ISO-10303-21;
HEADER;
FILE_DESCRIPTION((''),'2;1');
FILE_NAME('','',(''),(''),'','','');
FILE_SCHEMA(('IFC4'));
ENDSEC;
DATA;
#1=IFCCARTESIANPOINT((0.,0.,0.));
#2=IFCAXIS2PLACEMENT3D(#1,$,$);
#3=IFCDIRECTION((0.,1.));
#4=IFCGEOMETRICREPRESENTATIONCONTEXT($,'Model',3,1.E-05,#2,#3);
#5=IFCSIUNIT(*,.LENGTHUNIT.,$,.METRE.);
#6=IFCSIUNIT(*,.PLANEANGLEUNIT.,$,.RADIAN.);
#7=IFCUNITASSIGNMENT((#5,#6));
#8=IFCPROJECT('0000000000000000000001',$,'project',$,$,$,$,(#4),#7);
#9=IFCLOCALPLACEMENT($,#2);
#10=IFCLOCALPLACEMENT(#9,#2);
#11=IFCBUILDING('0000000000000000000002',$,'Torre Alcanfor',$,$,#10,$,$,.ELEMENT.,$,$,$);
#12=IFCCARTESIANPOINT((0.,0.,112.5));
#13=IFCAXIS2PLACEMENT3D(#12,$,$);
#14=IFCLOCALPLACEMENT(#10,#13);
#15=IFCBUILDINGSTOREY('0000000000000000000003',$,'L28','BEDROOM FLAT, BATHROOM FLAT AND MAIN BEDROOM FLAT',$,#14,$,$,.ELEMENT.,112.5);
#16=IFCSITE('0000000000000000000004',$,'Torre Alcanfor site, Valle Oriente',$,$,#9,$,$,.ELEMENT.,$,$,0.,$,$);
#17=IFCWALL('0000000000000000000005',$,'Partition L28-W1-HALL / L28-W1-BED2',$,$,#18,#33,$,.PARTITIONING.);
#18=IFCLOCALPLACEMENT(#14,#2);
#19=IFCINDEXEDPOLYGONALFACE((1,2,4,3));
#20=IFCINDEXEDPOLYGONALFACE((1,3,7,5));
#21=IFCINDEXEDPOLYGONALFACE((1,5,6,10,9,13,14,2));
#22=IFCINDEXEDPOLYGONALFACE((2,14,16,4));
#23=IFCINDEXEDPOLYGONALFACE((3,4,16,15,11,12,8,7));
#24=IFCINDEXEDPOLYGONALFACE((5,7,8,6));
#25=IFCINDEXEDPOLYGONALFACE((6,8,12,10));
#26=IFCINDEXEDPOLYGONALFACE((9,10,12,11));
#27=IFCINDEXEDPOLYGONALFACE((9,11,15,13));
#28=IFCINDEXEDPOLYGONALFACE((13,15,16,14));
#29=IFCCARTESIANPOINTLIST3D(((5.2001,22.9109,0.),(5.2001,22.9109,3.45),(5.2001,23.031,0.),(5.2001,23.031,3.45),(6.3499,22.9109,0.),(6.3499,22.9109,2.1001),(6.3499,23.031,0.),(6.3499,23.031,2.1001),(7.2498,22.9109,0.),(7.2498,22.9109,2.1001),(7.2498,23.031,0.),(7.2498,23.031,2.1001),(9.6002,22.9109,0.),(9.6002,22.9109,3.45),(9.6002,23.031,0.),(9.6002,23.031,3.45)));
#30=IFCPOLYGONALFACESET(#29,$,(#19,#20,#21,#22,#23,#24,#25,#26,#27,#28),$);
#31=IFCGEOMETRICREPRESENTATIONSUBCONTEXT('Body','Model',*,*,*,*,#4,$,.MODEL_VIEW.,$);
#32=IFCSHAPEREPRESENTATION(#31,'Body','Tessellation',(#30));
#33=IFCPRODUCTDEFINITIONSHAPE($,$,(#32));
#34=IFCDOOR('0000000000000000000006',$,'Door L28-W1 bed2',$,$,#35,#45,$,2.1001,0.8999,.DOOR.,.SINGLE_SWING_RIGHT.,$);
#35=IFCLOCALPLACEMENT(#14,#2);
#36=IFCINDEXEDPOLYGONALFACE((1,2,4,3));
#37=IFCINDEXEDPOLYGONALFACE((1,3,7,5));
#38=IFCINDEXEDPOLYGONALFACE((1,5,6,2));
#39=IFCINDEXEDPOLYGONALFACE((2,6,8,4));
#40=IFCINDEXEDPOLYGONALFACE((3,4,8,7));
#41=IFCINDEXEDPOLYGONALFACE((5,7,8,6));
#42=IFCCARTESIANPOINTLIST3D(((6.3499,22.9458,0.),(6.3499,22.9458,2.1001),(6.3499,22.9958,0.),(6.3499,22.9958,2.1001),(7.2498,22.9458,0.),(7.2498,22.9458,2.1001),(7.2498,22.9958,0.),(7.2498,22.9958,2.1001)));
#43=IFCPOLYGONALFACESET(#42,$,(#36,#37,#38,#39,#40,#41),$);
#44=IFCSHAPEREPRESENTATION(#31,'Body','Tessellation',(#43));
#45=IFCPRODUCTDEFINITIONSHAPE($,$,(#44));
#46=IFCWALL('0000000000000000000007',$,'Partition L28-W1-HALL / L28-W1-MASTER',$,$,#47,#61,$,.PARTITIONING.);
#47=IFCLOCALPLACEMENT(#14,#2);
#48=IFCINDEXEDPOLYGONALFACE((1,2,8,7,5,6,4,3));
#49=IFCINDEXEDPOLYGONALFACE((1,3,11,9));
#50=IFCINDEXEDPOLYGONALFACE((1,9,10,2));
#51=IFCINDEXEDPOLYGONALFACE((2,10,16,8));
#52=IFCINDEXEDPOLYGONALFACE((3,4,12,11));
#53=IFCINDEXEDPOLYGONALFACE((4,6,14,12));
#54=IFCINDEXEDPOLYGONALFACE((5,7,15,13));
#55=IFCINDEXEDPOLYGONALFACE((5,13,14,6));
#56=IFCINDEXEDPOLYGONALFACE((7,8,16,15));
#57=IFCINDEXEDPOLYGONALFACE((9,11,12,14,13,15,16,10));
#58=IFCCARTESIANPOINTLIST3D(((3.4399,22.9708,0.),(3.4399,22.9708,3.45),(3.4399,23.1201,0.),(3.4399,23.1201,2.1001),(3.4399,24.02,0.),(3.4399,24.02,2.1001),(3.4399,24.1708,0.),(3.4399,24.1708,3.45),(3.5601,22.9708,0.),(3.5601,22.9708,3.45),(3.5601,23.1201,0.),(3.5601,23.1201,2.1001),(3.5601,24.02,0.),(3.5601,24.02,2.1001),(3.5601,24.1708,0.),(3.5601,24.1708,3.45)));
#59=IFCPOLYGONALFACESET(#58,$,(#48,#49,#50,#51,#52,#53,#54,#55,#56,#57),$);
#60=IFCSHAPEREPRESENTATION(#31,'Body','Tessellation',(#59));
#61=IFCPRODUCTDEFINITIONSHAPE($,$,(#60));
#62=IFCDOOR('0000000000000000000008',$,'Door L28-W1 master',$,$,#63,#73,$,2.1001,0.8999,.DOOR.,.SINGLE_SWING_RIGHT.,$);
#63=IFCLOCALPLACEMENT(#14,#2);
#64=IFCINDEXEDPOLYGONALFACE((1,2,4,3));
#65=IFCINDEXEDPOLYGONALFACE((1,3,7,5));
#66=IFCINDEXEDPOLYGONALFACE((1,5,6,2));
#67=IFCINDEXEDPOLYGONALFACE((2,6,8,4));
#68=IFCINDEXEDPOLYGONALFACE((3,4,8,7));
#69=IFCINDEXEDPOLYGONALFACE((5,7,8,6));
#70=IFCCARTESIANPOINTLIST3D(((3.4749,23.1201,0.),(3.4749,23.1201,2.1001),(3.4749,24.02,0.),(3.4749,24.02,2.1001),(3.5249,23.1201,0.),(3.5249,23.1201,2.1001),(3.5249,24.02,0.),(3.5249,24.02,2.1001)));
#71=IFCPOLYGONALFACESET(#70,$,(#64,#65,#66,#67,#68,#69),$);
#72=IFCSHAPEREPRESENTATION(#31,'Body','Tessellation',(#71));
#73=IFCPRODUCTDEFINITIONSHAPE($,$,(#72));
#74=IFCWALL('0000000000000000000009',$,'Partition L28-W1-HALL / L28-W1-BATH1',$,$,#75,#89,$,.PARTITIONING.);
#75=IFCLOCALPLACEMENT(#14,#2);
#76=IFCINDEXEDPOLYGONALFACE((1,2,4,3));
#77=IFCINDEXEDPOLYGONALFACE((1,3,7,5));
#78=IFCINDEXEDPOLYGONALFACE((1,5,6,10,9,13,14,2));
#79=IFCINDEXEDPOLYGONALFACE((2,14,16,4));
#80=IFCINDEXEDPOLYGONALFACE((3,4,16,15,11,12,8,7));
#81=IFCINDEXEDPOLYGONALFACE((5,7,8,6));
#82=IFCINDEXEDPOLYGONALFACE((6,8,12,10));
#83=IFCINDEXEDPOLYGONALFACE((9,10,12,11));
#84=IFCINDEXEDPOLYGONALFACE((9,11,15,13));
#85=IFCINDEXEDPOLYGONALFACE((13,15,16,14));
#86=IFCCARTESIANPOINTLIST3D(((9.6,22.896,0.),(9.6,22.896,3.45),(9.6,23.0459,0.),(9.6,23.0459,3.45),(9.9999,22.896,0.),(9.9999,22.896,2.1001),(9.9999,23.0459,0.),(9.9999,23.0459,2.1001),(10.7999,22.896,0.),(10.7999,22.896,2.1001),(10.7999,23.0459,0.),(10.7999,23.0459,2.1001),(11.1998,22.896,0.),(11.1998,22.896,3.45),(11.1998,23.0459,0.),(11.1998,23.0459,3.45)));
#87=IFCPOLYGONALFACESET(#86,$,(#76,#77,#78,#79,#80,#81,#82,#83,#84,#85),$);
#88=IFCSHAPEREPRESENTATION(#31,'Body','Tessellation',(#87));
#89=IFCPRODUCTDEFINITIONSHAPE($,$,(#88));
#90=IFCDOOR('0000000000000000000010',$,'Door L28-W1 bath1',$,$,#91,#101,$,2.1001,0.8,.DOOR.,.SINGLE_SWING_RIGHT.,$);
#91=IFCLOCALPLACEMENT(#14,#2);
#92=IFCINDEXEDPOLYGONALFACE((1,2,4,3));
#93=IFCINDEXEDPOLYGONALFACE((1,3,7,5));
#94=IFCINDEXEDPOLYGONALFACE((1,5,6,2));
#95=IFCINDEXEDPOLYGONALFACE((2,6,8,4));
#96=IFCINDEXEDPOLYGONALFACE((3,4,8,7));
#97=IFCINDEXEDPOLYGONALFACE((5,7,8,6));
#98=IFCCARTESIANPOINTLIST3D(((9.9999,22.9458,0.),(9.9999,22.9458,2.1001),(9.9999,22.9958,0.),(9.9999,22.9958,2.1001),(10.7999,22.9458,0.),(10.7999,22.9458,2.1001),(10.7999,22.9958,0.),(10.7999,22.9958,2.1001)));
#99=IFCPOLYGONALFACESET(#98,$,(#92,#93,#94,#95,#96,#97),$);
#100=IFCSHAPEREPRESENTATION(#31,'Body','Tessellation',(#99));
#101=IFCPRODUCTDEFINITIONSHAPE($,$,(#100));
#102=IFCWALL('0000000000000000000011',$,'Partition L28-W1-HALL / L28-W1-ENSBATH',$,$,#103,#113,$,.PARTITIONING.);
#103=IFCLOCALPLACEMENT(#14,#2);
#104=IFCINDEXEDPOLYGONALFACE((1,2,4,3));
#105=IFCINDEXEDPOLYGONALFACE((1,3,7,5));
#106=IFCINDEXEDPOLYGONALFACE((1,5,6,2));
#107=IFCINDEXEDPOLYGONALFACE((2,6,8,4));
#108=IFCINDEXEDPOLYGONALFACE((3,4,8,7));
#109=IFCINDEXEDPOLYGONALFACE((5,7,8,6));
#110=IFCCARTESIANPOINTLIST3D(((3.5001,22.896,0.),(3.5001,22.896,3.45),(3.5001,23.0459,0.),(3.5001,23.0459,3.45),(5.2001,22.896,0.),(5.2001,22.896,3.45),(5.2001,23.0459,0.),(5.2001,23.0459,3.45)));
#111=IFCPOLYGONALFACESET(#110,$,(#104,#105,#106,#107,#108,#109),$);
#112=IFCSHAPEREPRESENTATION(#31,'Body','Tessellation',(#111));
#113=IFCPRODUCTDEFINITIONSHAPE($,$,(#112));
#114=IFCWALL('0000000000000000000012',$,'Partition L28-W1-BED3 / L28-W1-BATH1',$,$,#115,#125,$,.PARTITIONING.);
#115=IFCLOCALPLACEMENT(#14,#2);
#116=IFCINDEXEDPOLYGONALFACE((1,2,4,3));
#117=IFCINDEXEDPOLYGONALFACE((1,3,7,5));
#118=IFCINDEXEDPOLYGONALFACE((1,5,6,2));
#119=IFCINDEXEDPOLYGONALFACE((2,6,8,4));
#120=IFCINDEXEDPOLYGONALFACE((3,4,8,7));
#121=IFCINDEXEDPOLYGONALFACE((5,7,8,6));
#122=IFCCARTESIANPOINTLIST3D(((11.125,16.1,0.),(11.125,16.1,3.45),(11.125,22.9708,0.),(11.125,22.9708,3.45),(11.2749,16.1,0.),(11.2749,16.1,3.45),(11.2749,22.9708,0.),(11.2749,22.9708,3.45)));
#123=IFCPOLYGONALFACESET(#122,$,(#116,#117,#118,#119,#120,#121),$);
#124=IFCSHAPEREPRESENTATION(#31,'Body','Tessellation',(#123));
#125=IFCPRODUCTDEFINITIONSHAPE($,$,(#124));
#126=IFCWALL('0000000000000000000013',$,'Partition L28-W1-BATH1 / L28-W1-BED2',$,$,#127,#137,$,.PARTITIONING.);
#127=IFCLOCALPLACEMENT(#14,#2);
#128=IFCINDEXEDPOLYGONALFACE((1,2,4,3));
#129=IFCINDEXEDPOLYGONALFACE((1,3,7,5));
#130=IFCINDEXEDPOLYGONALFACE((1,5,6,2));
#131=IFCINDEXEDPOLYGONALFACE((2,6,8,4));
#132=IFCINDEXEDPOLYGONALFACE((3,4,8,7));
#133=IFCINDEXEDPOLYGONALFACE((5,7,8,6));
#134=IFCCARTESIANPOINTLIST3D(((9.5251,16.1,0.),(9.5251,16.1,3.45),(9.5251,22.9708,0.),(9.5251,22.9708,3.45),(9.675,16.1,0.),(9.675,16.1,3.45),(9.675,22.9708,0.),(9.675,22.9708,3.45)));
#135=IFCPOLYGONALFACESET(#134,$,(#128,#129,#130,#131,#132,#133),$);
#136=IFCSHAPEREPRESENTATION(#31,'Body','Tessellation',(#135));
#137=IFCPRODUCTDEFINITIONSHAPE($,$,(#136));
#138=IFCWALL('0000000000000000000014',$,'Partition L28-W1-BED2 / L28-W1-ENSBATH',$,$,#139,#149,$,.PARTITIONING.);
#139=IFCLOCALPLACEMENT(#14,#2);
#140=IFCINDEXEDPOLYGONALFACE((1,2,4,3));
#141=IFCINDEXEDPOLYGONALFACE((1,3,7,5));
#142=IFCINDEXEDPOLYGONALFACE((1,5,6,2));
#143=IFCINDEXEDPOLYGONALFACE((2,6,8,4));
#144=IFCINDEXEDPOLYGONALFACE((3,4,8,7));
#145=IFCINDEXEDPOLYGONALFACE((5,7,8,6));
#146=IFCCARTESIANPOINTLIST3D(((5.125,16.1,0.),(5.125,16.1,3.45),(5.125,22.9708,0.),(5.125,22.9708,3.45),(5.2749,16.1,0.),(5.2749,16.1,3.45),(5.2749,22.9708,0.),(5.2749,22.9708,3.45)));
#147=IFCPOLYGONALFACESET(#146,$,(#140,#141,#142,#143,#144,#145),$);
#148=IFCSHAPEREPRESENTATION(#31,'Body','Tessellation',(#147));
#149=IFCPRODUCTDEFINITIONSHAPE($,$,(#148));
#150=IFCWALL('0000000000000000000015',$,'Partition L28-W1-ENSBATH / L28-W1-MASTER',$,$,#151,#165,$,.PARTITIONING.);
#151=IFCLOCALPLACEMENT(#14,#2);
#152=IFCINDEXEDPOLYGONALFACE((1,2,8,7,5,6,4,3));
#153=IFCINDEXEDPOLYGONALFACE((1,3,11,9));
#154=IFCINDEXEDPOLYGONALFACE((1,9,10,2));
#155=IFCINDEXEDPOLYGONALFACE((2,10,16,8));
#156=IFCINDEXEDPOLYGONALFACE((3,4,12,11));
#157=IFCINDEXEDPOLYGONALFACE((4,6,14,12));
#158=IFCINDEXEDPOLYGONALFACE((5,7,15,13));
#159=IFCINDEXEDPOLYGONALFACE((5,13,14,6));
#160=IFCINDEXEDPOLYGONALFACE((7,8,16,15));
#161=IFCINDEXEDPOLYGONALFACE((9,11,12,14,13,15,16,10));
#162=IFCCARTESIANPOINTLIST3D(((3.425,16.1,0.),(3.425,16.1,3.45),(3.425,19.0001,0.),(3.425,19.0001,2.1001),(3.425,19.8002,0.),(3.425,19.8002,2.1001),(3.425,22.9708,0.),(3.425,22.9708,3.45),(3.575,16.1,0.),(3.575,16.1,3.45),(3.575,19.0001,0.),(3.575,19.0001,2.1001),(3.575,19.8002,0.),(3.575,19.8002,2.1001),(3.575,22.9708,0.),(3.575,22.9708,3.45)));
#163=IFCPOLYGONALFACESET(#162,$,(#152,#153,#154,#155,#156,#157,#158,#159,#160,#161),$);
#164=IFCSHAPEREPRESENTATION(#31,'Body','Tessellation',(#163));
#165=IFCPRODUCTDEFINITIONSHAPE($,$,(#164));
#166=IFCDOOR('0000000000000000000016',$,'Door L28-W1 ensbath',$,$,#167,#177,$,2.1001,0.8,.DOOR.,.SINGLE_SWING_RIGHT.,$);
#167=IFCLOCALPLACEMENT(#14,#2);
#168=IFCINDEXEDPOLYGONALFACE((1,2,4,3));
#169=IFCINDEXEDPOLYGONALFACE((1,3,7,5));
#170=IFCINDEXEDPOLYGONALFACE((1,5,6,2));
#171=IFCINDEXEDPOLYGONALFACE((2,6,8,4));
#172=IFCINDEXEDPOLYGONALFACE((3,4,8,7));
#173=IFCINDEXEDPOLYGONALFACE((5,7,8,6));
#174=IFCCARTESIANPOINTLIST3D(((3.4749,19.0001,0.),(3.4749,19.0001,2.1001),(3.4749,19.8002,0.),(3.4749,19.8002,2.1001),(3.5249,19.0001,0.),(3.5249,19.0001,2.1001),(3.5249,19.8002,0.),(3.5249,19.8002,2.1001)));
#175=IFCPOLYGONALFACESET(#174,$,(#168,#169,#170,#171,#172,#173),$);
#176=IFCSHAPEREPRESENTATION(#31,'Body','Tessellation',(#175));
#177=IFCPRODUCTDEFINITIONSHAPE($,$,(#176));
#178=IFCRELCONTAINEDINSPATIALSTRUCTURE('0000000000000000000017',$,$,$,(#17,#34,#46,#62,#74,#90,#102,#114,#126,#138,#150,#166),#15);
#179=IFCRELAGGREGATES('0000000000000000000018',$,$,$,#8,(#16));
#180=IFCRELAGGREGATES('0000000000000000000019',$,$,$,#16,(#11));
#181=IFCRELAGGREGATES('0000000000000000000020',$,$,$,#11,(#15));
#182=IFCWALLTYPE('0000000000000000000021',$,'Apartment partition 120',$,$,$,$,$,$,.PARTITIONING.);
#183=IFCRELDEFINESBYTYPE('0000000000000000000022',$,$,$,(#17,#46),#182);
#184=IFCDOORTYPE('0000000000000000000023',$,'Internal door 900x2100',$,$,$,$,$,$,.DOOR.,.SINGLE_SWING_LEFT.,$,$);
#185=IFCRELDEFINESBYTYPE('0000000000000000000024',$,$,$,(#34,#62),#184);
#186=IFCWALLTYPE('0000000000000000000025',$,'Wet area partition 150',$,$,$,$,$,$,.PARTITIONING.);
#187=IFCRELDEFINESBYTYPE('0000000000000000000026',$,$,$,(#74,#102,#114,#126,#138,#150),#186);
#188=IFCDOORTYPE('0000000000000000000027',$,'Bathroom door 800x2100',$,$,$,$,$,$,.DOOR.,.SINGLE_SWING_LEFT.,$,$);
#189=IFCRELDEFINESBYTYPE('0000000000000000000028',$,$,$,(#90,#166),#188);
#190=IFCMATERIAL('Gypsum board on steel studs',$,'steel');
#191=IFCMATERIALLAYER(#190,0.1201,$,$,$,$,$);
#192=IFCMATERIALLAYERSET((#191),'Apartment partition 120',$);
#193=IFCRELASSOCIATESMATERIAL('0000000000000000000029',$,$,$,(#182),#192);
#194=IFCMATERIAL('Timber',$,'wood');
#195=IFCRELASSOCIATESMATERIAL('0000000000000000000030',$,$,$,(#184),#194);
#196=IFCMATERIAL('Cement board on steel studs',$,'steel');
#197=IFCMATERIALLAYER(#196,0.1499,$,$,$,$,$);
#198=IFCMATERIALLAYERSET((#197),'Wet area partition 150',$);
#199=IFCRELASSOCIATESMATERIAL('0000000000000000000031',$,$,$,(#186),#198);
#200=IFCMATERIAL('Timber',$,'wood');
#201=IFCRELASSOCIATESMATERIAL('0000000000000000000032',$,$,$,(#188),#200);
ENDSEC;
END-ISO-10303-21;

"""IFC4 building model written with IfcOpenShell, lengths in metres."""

from ifc_helpers import new_model, si_unit, direction, frame, frame_2d, origin, place, context, subcontext, project, spatial, rectangle, extrude, material, layer, layer_set, type_object, element, fill, save


model = new_model("IFC4")

# Units and contexts
model_context = context("Model", 3, precision=1e-05, world=origin(), true_north=direction((0.0, 1.0)))
body_context = subcontext(model_context, "Body", "Model", "MODEL_VIEW")
ifc_project = project(units=[si_unit("LENGTHUNIT", "METRE"), si_unit("PLANEANGLEUNIT", "RADIAN")], contexts=[model_context])

# Site, building, storey
site_placement = place(None, origin())
site = spatial("IfcSite", under=ifc_project, at=site_placement, Name="Torre Alcanfor site, Valle Oriente", CompositionType="ELEMENT", RefElevation=0.0)
building_placement = place(site_placement, origin())
building = spatial("IfcBuilding", under=site, at=building_placement, Name="Torre Alcanfor", CompositionType="ELEMENT")
storey_placement = place(building_placement, frame((0.0, 0.0, 112.5)))
storey = spatial("IfcBuildingStorey", under=building, at=storey_placement, Name="L28", Description="BEDROOM FLAT, BATHROOM FLAT AND MAIN BEDROOM FLAT", CompositionType="ELEMENT", Elevation=112.5)

# Shared definitions
ifc_material_1 = material(Name="Gypsum board on steel studs", Category="steel")
ifc_layer_1 = layer(ifc_material_1, 0.1201)
ifc_layer_set_1 = layer_set([ifc_layer_1], Name="Apartment partition 120")
wall_type_1 = type_object("IfcWallType", Name="Apartment partition 120", PredefinedType="PARTITIONING", material=ifc_layer_set_1)

# Shared definitions
ifc_material_2 = material(Name="Timber", Category="wood")
door_type_1 = type_object("IfcDoorType", Name="Internal door 900x2100", OperationType="SINGLE_SWING_LEFT", PredefinedType="DOOR", material=ifc_material_2)

# Walls, openings, doors
wall_1_placement = place(storey_placement, frame((5.2, 22.9709, 0.0), z_axis=(0.0, 0.0, 1.0), x_axis=(1.0, 0.0, 0.0)))
wall_1 = element("IfcWall", 1, at=wall_1_placement, inside=storey, type_object=wall_type_1, Name="Partition L28-W1-HALL / L28-W1-BED2", PredefinedType="PARTITIONING", context=body_context, shape_type="SweptSolid", body=[
    extrude(rectangle(XDim=4.4001, YDim=0.1201, at=frame_2d((2.2002, 0.0))), origin(), (0.0, 0.0, 1.0), 3.45),
])
opening_1_placement = place(wall_1_placement, frame((1.1499, 0.0, 0.0)))
opening_1 = element("IfcOpeningElement", 2, at=opening_1_placement, cuts=wall_1, PredefinedType="OPENING", context=body_context, shape_type="SweptSolid", body=[
    extrude(rectangle(XDim=0.8999, YDim=2.1001, at=frame_2d((0.45, 1.05))), frame((0.0, 0.0701, 0.0), z_axis=(0.0, -1.0, 0.0), x_axis=(1.0, 0.0, 0.0)), (0.0, 0.0, 1.0), 0.1401),
])
door_1_placement = place(opening_1_placement, frame((0.8999, 0.0, 0.0), z_axis=(0.0, 0.0, 1.0), x_axis=(-1.0, 0.0, 0.0)))
door_1 = element("IfcDoor", 3, at=door_1_placement, inside=storey, type_object=door_type_1, Name="Door L28-W1 bed2", OperationType="SINGLE_SWING_RIGHT", OverallHeight=2.1001, OverallWidth=0.8999, PredefinedType="DOOR", context=body_context, shape_type="SweptSolid", body=[
    extrude(rectangle(XDim=0.8999, YDim=2.1001, at=frame_2d((0.45, 1.05))), frame((0.0, 0.0251, 0.0), z_axis=(0.0, -1.0, 0.0), x_axis=(1.0, 0.0, 0.0)), (0.0, 0.0, 1.0), 0.05),
])
fill(opening_1, door_1)
wall_2_placement = place(storey_placement, frame((3.5, 24.1709, 0.0), z_axis=(0.0, 0.0, 1.0), x_axis=(0.0, -1.0, 0.0)))
wall_2 = element("IfcWall", 4, at=wall_2_placement, inside=storey, type_object=wall_type_1, Name="Partition L28-W1-HALL / L28-W1-MASTER", PredefinedType="PARTITIONING", context=body_context, shape_type="SweptSolid", body=[
    extrude(rectangle(XDim=1.2, YDim=0.1201, at=frame_2d((0.6001, 0.0))), origin(), (0.0, 0.0, 1.0), 3.45),
])
opening_2_placement = place(wall_2_placement, frame((0.1509, 0.0, 0.0)))
opening_2 = element("IfcOpeningElement", 5, at=opening_2_placement, cuts=wall_2, PredefinedType="OPENING", context=body_context, shape_type="SweptSolid", body=[
    extrude(rectangle(XDim=0.8999, YDim=2.1001, at=frame_2d((0.45, 1.05))), frame((0.0, 0.0701, 0.0), z_axis=(0.0, -1.0, 0.0), x_axis=(1.0, 0.0, 0.0)), (0.0, 0.0, 1.0), 0.1401),
])
door_2_placement = place(opening_2_placement, frame((0.8999, 0.0, 0.0), z_axis=(0.0, 0.0, 1.0), x_axis=(-1.0, 0.0, 0.0)))
door_2 = element("IfcDoor", 6, at=door_2_placement, inside=storey, type_object=door_type_1, Name="Door L28-W1 master", OperationType="SINGLE_SWING_RIGHT", OverallHeight=2.1001, OverallWidth=0.8999, PredefinedType="DOOR", context=body_context, shape_type="SweptSolid", body=[
    extrude(rectangle(XDim=0.8999, YDim=2.1001, at=frame_2d((0.45, 1.05))), frame((0.0, 0.0251, 0.0), z_axis=(0.0, -1.0, 0.0), x_axis=(1.0, 0.0, 0.0)), (0.0, 0.0, 1.0), 0.05),
])
fill(opening_2, door_2)
ifc_material_3 = material(Name="Cement board on steel studs", Category="steel")
ifc_layer_2 = layer(ifc_material_3, 0.1499)
ifc_layer_set_2 = layer_set([ifc_layer_2], Name="Wet area partition 150")
wall_type_2 = type_object("IfcWallType", Name="Wet area partition 150", PredefinedType="PARTITIONING", material=ifc_layer_set_2)
wall_3_placement = place(storey_placement, frame((9.6001, 22.9709, 0.0), z_axis=(0.0, 0.0, 1.0), x_axis=(1.0, 0.0, 0.0)))
wall_3 = element("IfcWall", 7, at=wall_3_placement, inside=storey, type_object=wall_type_2, Name="Partition L28-W1-HALL / L28-W1-BATH1", PredefinedType="PARTITIONING", context=body_context, shape_type="SweptSolid", body=[
    extrude(rectangle(XDim=1.5999, YDim=0.1499, at=frame_2d((0.7998, 0.0))), origin(), (0.0, 0.0, 1.0), 3.45),
])
opening_3_placement = place(wall_3_placement, frame((0.3999, 0.0, 0.0)))
opening_3 = element("IfcOpeningElement", 8, at=opening_3_placement, cuts=wall_3, PredefinedType="OPENING", context=body_context, shape_type="SweptSolid", body=[
    extrude(rectangle(XDim=0.8, YDim=2.1001, at=frame_2d((0.3999, 1.05))), frame((0.0, 0.085, 0.0), z_axis=(0.0, -1.0, 0.0), x_axis=(1.0, 0.0, 0.0)), (0.0, 0.0, 1.0), 0.1699),
])
ifc_material_4 = material(Name="Timber", Category="wood")
door_type_2 = type_object("IfcDoorType", Name="Bathroom door 800x2100", OperationType="SINGLE_SWING_LEFT", PredefinedType="DOOR", material=ifc_material_4)
door_3_placement = place(opening_3_placement, frame((0.8, 0.0, 0.0), z_axis=(0.0, 0.0, 1.0), x_axis=(-1.0, 0.0, 0.0)))
door_3 = element("IfcDoor", 9, at=door_3_placement, inside=storey, type_object=door_type_2, Name="Door L28-W1 bath1", OperationType="SINGLE_SWING_RIGHT", OverallHeight=2.1001, OverallWidth=0.8, PredefinedType="DOOR", context=body_context, shape_type="SweptSolid", body=[
    extrude(rectangle(XDim=0.8, YDim=2.1001, at=frame_2d((0.4001, 1.05))), frame((0.0, 0.0251, 0.0), z_axis=(0.0, -1.0, 0.0), x_axis=(1.0, 0.0, 0.0)), (0.0, 0.0, 1.0), 0.05),
])
fill(opening_3, door_3)

# Walls
wall_4_placement = place(storey_placement, frame((3.5, 22.9709, 0.0), z_axis=(0.0, 0.0, 1.0), x_axis=(1.0, 0.0, 0.0)))
element("IfcWall", 10, at=wall_4_placement, inside=storey, type_object=wall_type_2, Name="Partition L28-W1-HALL / L28-W1-ENSBATH", PredefinedType="PARTITIONING", context=body_context, shape_type="SweptSolid", body=[
    extrude(rectangle(XDim=1.7, YDim=0.1499, at=frame_2d((0.8501, 0.0))), origin(), (0.0, 0.0, 1.0), 3.45),
])
for number, where, z_axis, x_axis, name in (
    (11, (11.2, 22.9709, 0.0), (0.0, 0.0, 1.0), (0.0, -1.0, 0.0), "Partition L28-W1-BED3 / L28-W1-BATH1"),
    (12, (9.6001, 22.9709, 0.0), (0.0, 0.0, 1.0), (0.0, -1.0, 0.0), "Partition L28-W1-BATH1 / L28-W1-BED2"),
    (13, (5.2, 22.9709, 0.0), (0.0, 0.0, 1.0), (0.0, -1.0, 0.0), "Partition L28-W1-BED2 / L28-W1-ENSBATH"),
):
    element("IfcWall", number, at=place(storey_placement, frame(where, z_axis=z_axis, x_axis=x_axis)), inside=storey, type_object=wall_type_2, Name=name, PredefinedType="PARTITIONING", context=body_context, shape_type="SweptSolid", body=[
        extrude(rectangle(XDim=6.8708, YDim=0.1499, at=frame_2d((3.4355, 0.0))), origin(), (0.0, 0.0, 1.0), 3.45),
    ])

# Wall, opening, door
wall_5_placement = place(storey_placement, frame((3.5, 22.9709, 0.0), z_axis=(0.0, 0.0, 1.0), x_axis=(0.0, -1.0, 0.0)))
wall_5 = element("IfcWall", 14, at=wall_5_placement, inside=storey, type_object=wall_type_2, Name="Partition L28-W1-ENSBATH / L28-W1-MASTER", PredefinedType="PARTITIONING", context=body_context, shape_type="SweptSolid", body=[
    extrude(rectangle(XDim=6.8708, YDim=0.1499, at=frame_2d((3.4355, 0.0))), origin(), (0.0, 0.0, 1.0), 3.45),
])
opening_4_placement = place(wall_5_placement, frame((3.1709, 0.0, 0.0)))
opening_4 = element("IfcOpeningElement", 15, at=opening_4_placement, cuts=wall_5, PredefinedType="OPENING", context=body_context, shape_type="SweptSolid", body=[
    extrude(rectangle(XDim=0.8, YDim=2.1001, at=frame_2d((0.3999, 1.05))), frame((0.0, 0.085, 0.0), z_axis=(0.0, -1.0, 0.0), x_axis=(1.0, 0.0, 0.0)), (0.0, 0.0, 1.0), 0.1699),
])
door_4_placement = place(opening_4_placement, origin())
door_4 = element("IfcDoor", 16, at=door_4_placement, inside=storey, type_object=door_type_2, Name="Door L28-W1 ensbath", OperationType="SINGLE_SWING_RIGHT", OverallHeight=2.1001, OverallWidth=0.8, PredefinedType="DOOR", context=body_context, shape_type="SweptSolid", body=[
    extrude(rectangle(XDim=0.8, YDim=2.1001, at=frame_2d((0.3999, 1.05))), frame((0.0, 0.0249, 0.0), z_axis=(0.0, -1.0, 0.0), x_axis=(1.0, 0.0, 0.0)), (0.0, 0.0, 1.0), 0.05),
])
fill(opening_4, door_4)

save(model, "model.ifc")
